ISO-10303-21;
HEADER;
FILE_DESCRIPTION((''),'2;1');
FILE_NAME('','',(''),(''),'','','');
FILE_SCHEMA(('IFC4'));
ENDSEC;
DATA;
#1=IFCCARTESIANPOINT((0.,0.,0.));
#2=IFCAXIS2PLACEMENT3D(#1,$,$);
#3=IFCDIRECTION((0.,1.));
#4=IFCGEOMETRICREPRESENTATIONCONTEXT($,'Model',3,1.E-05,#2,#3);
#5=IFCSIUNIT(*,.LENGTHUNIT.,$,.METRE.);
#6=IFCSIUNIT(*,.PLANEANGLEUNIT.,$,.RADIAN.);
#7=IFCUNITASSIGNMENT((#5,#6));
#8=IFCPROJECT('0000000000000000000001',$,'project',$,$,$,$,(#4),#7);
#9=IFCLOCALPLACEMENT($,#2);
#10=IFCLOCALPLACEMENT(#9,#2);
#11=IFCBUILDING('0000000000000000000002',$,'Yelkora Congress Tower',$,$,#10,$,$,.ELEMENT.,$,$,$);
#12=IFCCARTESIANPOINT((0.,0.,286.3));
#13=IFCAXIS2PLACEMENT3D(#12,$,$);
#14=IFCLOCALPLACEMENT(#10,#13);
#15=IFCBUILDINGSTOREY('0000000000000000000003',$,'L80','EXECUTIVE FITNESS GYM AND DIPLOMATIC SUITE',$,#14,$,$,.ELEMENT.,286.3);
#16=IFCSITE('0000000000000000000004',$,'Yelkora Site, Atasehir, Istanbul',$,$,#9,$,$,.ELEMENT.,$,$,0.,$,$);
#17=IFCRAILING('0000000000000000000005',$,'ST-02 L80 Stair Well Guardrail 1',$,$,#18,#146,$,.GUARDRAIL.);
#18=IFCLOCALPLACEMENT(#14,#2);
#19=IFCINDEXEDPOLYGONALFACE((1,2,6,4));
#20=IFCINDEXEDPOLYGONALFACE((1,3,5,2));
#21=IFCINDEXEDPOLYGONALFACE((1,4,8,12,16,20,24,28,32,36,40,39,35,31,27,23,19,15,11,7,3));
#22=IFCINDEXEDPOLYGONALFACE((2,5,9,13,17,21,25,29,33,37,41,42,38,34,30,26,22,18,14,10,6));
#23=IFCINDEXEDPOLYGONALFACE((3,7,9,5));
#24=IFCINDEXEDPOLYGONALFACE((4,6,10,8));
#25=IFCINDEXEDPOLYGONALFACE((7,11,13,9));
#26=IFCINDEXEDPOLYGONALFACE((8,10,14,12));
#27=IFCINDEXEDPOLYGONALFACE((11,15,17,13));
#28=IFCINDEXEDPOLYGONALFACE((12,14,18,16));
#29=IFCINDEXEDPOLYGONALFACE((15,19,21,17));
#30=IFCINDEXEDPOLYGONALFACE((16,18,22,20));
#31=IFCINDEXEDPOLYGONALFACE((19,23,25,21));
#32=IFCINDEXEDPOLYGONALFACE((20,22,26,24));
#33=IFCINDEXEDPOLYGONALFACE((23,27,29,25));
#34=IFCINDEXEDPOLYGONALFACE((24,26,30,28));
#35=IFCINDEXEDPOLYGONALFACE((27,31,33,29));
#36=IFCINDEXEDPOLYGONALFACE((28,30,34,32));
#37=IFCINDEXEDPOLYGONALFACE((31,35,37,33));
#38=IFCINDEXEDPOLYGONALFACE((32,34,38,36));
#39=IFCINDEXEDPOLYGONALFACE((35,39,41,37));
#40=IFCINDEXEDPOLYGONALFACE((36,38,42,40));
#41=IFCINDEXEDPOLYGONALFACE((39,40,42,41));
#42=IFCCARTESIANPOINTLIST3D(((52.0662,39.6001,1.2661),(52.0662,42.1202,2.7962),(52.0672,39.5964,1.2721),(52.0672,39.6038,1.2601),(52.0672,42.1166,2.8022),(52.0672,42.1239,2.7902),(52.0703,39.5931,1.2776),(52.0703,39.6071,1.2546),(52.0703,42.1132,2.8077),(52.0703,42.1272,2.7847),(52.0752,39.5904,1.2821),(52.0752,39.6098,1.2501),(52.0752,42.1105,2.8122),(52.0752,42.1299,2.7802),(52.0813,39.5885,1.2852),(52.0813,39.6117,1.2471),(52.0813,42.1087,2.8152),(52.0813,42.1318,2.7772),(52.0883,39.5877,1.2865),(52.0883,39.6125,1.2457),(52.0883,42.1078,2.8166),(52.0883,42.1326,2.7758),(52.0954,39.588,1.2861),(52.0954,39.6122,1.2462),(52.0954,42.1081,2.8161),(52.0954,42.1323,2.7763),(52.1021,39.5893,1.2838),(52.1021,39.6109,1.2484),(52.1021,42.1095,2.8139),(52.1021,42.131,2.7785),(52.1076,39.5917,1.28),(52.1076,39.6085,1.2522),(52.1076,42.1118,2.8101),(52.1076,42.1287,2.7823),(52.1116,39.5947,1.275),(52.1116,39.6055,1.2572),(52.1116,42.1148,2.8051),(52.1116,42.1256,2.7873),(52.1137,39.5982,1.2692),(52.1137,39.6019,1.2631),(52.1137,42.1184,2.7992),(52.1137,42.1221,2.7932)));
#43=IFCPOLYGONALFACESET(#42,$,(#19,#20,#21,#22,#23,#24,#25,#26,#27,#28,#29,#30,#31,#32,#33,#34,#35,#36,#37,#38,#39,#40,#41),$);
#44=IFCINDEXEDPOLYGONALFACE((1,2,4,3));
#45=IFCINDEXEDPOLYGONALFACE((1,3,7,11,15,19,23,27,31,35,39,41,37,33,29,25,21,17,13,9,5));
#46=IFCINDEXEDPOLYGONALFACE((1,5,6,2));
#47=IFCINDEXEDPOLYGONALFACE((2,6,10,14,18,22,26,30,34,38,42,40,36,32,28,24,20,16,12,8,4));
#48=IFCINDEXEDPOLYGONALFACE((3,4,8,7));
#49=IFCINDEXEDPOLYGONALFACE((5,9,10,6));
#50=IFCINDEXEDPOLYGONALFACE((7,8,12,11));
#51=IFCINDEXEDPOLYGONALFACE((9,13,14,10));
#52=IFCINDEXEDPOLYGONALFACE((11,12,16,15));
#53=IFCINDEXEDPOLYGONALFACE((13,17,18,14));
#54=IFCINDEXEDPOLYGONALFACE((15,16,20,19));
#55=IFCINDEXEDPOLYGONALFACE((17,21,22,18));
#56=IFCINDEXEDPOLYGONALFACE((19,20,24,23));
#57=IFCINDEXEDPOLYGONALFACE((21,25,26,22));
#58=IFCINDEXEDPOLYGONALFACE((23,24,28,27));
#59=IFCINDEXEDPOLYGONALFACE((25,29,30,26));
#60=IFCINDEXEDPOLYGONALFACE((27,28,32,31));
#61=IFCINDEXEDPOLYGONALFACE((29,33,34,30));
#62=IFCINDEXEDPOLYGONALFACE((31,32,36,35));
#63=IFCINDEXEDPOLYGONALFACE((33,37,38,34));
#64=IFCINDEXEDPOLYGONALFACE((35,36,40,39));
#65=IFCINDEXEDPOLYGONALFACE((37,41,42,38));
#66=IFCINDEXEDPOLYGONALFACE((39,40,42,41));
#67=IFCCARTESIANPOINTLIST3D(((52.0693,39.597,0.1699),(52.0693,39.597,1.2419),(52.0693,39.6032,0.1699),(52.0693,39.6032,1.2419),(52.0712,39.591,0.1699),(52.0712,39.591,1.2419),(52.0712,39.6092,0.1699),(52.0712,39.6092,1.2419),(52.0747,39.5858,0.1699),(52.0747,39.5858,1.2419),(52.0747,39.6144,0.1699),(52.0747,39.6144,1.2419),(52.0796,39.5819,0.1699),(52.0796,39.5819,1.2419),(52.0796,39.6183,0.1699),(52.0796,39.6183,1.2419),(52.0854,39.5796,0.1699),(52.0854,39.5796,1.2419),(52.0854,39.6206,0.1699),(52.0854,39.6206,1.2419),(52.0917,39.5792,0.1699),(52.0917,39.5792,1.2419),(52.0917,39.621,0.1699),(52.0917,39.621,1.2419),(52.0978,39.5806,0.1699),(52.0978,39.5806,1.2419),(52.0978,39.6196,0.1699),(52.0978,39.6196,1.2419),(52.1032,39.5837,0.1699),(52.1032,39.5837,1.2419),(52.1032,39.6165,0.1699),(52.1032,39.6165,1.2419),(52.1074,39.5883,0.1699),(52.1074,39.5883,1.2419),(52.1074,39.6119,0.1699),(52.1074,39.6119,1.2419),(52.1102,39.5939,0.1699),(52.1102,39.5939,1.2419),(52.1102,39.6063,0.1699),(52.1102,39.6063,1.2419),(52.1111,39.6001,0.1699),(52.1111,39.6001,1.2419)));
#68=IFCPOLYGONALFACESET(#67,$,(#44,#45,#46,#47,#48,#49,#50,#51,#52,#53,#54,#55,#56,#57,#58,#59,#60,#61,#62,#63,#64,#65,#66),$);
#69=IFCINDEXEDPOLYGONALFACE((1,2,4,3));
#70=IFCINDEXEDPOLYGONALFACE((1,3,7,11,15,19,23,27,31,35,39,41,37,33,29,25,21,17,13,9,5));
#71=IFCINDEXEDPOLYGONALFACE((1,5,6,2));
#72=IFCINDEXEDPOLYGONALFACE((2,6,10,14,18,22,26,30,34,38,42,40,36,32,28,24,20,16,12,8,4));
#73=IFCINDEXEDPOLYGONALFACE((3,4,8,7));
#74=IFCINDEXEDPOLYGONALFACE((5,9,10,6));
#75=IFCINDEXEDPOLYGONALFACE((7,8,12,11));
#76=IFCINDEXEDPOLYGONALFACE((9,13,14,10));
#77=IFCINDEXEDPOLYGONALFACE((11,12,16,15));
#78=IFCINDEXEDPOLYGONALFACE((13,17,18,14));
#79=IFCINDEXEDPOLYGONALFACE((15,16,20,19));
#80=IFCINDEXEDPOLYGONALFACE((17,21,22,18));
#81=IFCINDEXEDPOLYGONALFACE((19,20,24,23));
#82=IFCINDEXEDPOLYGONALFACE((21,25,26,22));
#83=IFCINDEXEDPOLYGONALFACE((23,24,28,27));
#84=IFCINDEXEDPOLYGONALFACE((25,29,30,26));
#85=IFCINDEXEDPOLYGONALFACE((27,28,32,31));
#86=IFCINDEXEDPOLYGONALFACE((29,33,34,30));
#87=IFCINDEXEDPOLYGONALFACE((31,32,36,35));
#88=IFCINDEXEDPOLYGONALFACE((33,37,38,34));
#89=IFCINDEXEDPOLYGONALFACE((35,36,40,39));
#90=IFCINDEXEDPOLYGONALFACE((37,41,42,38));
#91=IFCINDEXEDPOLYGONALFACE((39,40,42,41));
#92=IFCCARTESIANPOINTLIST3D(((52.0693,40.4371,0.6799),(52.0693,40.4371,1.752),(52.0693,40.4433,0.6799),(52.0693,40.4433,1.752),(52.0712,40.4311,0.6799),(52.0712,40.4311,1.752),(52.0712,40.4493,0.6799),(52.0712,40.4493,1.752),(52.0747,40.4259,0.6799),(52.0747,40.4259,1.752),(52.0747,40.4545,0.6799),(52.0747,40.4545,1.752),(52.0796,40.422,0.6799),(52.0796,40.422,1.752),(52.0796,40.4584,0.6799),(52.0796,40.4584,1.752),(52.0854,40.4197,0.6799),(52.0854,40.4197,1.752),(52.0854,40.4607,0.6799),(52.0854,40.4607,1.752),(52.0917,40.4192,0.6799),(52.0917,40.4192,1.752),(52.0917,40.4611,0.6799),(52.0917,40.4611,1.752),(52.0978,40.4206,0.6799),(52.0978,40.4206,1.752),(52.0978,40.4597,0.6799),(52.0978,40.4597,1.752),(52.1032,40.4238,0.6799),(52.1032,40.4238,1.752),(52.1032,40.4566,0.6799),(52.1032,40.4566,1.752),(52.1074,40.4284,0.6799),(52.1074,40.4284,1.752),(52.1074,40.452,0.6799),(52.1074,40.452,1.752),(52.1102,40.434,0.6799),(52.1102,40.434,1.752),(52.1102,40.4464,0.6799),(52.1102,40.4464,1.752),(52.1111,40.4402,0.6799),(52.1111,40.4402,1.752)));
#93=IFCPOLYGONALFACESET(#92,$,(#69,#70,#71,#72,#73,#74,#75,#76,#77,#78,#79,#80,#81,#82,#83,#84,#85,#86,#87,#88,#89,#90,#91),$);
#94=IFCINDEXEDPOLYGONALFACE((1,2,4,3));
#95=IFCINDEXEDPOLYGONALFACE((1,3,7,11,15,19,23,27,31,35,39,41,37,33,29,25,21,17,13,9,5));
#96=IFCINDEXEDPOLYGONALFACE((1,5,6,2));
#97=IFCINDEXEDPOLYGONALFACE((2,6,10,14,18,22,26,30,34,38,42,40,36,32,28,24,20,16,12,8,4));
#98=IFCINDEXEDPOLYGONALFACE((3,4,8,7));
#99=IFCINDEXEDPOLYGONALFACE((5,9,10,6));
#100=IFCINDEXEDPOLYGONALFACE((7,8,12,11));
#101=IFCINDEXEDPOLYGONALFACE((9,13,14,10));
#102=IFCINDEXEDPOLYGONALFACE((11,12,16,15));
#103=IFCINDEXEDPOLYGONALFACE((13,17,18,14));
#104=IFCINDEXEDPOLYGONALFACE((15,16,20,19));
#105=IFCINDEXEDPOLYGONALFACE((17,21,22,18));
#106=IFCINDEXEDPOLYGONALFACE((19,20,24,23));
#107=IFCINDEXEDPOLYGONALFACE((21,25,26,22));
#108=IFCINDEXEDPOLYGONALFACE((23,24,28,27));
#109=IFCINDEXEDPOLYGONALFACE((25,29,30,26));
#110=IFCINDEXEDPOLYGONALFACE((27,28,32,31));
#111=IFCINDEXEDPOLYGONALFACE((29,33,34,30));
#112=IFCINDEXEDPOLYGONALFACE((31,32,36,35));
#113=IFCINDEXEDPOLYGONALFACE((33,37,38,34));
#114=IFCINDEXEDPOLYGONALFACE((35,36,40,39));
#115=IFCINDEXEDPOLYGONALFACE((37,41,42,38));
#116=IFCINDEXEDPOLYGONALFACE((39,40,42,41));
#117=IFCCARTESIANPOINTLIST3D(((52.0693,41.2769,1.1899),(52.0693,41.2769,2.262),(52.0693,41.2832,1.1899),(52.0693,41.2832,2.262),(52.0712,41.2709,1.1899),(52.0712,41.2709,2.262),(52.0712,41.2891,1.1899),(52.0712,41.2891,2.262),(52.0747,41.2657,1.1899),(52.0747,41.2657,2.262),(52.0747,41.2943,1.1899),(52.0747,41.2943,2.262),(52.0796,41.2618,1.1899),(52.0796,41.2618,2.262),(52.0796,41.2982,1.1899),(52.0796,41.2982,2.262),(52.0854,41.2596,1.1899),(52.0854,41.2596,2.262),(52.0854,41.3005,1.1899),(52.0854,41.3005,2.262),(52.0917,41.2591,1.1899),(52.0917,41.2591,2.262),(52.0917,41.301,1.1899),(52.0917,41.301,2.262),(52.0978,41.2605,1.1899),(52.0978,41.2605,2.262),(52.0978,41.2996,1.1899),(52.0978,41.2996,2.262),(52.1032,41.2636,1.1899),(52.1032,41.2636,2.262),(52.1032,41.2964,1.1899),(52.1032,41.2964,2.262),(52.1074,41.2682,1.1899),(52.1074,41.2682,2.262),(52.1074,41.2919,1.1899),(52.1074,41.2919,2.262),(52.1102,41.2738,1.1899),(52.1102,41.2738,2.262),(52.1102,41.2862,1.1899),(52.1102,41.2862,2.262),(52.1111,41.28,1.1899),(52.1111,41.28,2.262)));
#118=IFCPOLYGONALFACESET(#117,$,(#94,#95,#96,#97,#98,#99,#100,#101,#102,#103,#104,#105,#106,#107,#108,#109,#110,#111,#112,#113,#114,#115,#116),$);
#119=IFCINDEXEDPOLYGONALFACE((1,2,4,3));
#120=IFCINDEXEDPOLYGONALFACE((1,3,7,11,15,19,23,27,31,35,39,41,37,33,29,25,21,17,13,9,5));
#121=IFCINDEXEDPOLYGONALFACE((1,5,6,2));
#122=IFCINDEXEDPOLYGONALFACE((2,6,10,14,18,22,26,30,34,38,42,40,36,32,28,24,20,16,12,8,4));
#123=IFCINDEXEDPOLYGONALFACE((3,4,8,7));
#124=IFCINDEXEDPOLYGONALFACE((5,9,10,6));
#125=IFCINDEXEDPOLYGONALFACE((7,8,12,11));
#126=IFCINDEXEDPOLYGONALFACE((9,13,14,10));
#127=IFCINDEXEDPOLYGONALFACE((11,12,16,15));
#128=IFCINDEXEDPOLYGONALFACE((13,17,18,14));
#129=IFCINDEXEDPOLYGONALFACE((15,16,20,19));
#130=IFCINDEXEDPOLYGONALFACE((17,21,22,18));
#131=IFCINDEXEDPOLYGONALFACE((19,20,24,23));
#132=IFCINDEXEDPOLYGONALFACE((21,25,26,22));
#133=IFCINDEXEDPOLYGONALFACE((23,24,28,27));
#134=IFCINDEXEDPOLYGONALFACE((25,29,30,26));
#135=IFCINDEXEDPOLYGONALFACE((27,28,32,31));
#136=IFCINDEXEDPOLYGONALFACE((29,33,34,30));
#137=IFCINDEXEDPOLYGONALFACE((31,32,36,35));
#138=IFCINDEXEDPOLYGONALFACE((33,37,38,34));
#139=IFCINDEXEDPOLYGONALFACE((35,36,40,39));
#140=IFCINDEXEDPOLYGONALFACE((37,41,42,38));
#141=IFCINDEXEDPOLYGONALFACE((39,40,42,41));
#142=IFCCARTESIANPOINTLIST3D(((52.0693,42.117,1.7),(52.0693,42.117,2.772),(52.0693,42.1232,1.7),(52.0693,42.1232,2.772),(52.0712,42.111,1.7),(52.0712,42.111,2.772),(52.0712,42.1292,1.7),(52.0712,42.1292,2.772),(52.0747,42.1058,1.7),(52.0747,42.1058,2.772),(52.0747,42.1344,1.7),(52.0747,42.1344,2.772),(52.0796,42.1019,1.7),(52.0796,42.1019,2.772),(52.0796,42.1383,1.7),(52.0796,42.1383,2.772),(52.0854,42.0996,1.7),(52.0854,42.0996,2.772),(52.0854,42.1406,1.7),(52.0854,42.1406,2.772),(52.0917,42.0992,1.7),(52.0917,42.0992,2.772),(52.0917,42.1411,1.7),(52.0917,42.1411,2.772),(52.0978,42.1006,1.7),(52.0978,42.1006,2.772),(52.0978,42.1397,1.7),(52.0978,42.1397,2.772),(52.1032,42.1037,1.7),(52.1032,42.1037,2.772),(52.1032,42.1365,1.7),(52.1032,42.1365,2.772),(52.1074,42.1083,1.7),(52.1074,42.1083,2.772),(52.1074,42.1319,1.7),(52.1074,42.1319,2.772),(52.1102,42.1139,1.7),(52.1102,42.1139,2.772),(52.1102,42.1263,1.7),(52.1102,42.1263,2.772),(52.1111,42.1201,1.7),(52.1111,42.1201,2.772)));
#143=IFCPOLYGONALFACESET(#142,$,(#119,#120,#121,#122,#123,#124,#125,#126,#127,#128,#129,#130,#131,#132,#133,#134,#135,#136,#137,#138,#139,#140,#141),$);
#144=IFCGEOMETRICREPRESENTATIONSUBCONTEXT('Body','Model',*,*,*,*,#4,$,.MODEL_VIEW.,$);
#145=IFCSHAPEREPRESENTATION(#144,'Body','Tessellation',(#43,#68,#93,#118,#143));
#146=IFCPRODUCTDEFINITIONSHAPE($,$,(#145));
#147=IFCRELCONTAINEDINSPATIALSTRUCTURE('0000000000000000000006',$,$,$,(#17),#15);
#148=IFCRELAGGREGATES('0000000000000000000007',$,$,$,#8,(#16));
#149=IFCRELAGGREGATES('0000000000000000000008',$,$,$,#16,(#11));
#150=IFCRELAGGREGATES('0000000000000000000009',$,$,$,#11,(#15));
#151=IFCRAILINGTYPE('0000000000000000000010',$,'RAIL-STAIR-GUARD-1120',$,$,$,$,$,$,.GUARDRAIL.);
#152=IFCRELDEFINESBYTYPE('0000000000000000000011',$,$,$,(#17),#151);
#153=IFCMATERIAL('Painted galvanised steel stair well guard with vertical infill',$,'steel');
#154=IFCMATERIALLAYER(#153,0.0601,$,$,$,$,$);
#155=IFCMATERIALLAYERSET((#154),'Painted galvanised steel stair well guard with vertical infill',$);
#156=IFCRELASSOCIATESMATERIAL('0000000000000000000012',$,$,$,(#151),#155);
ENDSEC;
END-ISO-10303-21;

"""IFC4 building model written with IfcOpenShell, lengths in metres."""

from ifc_helpers import new_model, si_unit, direction, frame, origin, origin_2d, place, context, subcontext, project, spatial, circle, extrude, material, layer, layer_set, type_object, element, save


model = new_model("IFC4")

# Units and contexts
model_context = context("Model", 3, precision=1e-05, world=origin(), true_north=direction((0.0, 1.0)))
body_context = subcontext(model_context, "Body", "Model", "MODEL_VIEW")
ifc_project = project(units=[si_unit("LENGTHUNIT", "METRE"), si_unit("PLANEANGLEUNIT", "RADIAN")], contexts=[model_context])

# Site, building, storey
site_placement = place(None, origin())
site = spatial("IfcSite", under=ifc_project, at=site_placement, Name="Yelkora Site, Atasehir, Istanbul", CompositionType="ELEMENT", RefElevation=0.0)
building_placement = place(site_placement, origin())
building = spatial("IfcBuilding", under=site, at=building_placement, Name="Yelkora Congress Tower", CompositionType="ELEMENT")
storey_placement = place(building_placement, frame((0.0, 0.0, 286.3)))
storey = spatial("IfcBuildingStorey", under=building, at=storey_placement, Name="L80", Description="EXECUTIVE FITNESS GYM AND DIPLOMATIC SUITE", CompositionType="ELEMENT", Elevation=286.3)

# Railing
ifc_material_1 = material(Name="Painted galvanised steel stair well guard with vertical infill", Category="steel")
ifc_layer_1 = layer(ifc_material_1, 0.0601)
ifc_layer_set_1 = layer_set([ifc_layer_1], Name="Painted galvanised steel stair well guard with vertical infill")
railing_type_1 = type_object("IfcRailingType", Name="RAIL-STAIR-GUARD-1120", PredefinedType="GUARDRAIL", material=ifc_layer_set_1)
railing_1_placement = place(storey_placement, frame((52.0901, 39.6001, 0.1699)))
element("IfcRailing", 1, at=railing_1_placement, inside=storey, type_object=railing_type_1, Name="ST-02 L80 Stair Well Guardrail 1", PredefinedType="GUARDRAIL", context=body_context, shape_type="SweptSolid", body=[
    extrude(circle(Radius=0.0239, at=origin_2d()), frame((0.0, 0.0, 1.0962), z_axis=(0.0, 0.854785, 0.518982), x_axis=(-1.0, 0.0, 0.0)), (0.0, 0.0, 1.0), 2.9482),
    extrude(circle(Radius=0.021, at=origin_2d()), origin(), (0.0, 0.0, 1.0), 1.072),
    extrude(circle(Radius=0.021, at=origin_2d()), frame((0.0, 0.8401, 0.51)), (0.0, 0.0, 1.0), 1.072),
    extrude(circle(Radius=0.021, at=origin_2d()), frame((0.0, 1.6799, 1.02)), (0.0, 0.0, 1.0), 1.072),
    extrude(circle(Radius=0.021, at=origin_2d()), frame((0.0, 2.52, 1.53)), (0.0, 0.0, 1.0), 1.072),
])

save(model, "model.ifc")
